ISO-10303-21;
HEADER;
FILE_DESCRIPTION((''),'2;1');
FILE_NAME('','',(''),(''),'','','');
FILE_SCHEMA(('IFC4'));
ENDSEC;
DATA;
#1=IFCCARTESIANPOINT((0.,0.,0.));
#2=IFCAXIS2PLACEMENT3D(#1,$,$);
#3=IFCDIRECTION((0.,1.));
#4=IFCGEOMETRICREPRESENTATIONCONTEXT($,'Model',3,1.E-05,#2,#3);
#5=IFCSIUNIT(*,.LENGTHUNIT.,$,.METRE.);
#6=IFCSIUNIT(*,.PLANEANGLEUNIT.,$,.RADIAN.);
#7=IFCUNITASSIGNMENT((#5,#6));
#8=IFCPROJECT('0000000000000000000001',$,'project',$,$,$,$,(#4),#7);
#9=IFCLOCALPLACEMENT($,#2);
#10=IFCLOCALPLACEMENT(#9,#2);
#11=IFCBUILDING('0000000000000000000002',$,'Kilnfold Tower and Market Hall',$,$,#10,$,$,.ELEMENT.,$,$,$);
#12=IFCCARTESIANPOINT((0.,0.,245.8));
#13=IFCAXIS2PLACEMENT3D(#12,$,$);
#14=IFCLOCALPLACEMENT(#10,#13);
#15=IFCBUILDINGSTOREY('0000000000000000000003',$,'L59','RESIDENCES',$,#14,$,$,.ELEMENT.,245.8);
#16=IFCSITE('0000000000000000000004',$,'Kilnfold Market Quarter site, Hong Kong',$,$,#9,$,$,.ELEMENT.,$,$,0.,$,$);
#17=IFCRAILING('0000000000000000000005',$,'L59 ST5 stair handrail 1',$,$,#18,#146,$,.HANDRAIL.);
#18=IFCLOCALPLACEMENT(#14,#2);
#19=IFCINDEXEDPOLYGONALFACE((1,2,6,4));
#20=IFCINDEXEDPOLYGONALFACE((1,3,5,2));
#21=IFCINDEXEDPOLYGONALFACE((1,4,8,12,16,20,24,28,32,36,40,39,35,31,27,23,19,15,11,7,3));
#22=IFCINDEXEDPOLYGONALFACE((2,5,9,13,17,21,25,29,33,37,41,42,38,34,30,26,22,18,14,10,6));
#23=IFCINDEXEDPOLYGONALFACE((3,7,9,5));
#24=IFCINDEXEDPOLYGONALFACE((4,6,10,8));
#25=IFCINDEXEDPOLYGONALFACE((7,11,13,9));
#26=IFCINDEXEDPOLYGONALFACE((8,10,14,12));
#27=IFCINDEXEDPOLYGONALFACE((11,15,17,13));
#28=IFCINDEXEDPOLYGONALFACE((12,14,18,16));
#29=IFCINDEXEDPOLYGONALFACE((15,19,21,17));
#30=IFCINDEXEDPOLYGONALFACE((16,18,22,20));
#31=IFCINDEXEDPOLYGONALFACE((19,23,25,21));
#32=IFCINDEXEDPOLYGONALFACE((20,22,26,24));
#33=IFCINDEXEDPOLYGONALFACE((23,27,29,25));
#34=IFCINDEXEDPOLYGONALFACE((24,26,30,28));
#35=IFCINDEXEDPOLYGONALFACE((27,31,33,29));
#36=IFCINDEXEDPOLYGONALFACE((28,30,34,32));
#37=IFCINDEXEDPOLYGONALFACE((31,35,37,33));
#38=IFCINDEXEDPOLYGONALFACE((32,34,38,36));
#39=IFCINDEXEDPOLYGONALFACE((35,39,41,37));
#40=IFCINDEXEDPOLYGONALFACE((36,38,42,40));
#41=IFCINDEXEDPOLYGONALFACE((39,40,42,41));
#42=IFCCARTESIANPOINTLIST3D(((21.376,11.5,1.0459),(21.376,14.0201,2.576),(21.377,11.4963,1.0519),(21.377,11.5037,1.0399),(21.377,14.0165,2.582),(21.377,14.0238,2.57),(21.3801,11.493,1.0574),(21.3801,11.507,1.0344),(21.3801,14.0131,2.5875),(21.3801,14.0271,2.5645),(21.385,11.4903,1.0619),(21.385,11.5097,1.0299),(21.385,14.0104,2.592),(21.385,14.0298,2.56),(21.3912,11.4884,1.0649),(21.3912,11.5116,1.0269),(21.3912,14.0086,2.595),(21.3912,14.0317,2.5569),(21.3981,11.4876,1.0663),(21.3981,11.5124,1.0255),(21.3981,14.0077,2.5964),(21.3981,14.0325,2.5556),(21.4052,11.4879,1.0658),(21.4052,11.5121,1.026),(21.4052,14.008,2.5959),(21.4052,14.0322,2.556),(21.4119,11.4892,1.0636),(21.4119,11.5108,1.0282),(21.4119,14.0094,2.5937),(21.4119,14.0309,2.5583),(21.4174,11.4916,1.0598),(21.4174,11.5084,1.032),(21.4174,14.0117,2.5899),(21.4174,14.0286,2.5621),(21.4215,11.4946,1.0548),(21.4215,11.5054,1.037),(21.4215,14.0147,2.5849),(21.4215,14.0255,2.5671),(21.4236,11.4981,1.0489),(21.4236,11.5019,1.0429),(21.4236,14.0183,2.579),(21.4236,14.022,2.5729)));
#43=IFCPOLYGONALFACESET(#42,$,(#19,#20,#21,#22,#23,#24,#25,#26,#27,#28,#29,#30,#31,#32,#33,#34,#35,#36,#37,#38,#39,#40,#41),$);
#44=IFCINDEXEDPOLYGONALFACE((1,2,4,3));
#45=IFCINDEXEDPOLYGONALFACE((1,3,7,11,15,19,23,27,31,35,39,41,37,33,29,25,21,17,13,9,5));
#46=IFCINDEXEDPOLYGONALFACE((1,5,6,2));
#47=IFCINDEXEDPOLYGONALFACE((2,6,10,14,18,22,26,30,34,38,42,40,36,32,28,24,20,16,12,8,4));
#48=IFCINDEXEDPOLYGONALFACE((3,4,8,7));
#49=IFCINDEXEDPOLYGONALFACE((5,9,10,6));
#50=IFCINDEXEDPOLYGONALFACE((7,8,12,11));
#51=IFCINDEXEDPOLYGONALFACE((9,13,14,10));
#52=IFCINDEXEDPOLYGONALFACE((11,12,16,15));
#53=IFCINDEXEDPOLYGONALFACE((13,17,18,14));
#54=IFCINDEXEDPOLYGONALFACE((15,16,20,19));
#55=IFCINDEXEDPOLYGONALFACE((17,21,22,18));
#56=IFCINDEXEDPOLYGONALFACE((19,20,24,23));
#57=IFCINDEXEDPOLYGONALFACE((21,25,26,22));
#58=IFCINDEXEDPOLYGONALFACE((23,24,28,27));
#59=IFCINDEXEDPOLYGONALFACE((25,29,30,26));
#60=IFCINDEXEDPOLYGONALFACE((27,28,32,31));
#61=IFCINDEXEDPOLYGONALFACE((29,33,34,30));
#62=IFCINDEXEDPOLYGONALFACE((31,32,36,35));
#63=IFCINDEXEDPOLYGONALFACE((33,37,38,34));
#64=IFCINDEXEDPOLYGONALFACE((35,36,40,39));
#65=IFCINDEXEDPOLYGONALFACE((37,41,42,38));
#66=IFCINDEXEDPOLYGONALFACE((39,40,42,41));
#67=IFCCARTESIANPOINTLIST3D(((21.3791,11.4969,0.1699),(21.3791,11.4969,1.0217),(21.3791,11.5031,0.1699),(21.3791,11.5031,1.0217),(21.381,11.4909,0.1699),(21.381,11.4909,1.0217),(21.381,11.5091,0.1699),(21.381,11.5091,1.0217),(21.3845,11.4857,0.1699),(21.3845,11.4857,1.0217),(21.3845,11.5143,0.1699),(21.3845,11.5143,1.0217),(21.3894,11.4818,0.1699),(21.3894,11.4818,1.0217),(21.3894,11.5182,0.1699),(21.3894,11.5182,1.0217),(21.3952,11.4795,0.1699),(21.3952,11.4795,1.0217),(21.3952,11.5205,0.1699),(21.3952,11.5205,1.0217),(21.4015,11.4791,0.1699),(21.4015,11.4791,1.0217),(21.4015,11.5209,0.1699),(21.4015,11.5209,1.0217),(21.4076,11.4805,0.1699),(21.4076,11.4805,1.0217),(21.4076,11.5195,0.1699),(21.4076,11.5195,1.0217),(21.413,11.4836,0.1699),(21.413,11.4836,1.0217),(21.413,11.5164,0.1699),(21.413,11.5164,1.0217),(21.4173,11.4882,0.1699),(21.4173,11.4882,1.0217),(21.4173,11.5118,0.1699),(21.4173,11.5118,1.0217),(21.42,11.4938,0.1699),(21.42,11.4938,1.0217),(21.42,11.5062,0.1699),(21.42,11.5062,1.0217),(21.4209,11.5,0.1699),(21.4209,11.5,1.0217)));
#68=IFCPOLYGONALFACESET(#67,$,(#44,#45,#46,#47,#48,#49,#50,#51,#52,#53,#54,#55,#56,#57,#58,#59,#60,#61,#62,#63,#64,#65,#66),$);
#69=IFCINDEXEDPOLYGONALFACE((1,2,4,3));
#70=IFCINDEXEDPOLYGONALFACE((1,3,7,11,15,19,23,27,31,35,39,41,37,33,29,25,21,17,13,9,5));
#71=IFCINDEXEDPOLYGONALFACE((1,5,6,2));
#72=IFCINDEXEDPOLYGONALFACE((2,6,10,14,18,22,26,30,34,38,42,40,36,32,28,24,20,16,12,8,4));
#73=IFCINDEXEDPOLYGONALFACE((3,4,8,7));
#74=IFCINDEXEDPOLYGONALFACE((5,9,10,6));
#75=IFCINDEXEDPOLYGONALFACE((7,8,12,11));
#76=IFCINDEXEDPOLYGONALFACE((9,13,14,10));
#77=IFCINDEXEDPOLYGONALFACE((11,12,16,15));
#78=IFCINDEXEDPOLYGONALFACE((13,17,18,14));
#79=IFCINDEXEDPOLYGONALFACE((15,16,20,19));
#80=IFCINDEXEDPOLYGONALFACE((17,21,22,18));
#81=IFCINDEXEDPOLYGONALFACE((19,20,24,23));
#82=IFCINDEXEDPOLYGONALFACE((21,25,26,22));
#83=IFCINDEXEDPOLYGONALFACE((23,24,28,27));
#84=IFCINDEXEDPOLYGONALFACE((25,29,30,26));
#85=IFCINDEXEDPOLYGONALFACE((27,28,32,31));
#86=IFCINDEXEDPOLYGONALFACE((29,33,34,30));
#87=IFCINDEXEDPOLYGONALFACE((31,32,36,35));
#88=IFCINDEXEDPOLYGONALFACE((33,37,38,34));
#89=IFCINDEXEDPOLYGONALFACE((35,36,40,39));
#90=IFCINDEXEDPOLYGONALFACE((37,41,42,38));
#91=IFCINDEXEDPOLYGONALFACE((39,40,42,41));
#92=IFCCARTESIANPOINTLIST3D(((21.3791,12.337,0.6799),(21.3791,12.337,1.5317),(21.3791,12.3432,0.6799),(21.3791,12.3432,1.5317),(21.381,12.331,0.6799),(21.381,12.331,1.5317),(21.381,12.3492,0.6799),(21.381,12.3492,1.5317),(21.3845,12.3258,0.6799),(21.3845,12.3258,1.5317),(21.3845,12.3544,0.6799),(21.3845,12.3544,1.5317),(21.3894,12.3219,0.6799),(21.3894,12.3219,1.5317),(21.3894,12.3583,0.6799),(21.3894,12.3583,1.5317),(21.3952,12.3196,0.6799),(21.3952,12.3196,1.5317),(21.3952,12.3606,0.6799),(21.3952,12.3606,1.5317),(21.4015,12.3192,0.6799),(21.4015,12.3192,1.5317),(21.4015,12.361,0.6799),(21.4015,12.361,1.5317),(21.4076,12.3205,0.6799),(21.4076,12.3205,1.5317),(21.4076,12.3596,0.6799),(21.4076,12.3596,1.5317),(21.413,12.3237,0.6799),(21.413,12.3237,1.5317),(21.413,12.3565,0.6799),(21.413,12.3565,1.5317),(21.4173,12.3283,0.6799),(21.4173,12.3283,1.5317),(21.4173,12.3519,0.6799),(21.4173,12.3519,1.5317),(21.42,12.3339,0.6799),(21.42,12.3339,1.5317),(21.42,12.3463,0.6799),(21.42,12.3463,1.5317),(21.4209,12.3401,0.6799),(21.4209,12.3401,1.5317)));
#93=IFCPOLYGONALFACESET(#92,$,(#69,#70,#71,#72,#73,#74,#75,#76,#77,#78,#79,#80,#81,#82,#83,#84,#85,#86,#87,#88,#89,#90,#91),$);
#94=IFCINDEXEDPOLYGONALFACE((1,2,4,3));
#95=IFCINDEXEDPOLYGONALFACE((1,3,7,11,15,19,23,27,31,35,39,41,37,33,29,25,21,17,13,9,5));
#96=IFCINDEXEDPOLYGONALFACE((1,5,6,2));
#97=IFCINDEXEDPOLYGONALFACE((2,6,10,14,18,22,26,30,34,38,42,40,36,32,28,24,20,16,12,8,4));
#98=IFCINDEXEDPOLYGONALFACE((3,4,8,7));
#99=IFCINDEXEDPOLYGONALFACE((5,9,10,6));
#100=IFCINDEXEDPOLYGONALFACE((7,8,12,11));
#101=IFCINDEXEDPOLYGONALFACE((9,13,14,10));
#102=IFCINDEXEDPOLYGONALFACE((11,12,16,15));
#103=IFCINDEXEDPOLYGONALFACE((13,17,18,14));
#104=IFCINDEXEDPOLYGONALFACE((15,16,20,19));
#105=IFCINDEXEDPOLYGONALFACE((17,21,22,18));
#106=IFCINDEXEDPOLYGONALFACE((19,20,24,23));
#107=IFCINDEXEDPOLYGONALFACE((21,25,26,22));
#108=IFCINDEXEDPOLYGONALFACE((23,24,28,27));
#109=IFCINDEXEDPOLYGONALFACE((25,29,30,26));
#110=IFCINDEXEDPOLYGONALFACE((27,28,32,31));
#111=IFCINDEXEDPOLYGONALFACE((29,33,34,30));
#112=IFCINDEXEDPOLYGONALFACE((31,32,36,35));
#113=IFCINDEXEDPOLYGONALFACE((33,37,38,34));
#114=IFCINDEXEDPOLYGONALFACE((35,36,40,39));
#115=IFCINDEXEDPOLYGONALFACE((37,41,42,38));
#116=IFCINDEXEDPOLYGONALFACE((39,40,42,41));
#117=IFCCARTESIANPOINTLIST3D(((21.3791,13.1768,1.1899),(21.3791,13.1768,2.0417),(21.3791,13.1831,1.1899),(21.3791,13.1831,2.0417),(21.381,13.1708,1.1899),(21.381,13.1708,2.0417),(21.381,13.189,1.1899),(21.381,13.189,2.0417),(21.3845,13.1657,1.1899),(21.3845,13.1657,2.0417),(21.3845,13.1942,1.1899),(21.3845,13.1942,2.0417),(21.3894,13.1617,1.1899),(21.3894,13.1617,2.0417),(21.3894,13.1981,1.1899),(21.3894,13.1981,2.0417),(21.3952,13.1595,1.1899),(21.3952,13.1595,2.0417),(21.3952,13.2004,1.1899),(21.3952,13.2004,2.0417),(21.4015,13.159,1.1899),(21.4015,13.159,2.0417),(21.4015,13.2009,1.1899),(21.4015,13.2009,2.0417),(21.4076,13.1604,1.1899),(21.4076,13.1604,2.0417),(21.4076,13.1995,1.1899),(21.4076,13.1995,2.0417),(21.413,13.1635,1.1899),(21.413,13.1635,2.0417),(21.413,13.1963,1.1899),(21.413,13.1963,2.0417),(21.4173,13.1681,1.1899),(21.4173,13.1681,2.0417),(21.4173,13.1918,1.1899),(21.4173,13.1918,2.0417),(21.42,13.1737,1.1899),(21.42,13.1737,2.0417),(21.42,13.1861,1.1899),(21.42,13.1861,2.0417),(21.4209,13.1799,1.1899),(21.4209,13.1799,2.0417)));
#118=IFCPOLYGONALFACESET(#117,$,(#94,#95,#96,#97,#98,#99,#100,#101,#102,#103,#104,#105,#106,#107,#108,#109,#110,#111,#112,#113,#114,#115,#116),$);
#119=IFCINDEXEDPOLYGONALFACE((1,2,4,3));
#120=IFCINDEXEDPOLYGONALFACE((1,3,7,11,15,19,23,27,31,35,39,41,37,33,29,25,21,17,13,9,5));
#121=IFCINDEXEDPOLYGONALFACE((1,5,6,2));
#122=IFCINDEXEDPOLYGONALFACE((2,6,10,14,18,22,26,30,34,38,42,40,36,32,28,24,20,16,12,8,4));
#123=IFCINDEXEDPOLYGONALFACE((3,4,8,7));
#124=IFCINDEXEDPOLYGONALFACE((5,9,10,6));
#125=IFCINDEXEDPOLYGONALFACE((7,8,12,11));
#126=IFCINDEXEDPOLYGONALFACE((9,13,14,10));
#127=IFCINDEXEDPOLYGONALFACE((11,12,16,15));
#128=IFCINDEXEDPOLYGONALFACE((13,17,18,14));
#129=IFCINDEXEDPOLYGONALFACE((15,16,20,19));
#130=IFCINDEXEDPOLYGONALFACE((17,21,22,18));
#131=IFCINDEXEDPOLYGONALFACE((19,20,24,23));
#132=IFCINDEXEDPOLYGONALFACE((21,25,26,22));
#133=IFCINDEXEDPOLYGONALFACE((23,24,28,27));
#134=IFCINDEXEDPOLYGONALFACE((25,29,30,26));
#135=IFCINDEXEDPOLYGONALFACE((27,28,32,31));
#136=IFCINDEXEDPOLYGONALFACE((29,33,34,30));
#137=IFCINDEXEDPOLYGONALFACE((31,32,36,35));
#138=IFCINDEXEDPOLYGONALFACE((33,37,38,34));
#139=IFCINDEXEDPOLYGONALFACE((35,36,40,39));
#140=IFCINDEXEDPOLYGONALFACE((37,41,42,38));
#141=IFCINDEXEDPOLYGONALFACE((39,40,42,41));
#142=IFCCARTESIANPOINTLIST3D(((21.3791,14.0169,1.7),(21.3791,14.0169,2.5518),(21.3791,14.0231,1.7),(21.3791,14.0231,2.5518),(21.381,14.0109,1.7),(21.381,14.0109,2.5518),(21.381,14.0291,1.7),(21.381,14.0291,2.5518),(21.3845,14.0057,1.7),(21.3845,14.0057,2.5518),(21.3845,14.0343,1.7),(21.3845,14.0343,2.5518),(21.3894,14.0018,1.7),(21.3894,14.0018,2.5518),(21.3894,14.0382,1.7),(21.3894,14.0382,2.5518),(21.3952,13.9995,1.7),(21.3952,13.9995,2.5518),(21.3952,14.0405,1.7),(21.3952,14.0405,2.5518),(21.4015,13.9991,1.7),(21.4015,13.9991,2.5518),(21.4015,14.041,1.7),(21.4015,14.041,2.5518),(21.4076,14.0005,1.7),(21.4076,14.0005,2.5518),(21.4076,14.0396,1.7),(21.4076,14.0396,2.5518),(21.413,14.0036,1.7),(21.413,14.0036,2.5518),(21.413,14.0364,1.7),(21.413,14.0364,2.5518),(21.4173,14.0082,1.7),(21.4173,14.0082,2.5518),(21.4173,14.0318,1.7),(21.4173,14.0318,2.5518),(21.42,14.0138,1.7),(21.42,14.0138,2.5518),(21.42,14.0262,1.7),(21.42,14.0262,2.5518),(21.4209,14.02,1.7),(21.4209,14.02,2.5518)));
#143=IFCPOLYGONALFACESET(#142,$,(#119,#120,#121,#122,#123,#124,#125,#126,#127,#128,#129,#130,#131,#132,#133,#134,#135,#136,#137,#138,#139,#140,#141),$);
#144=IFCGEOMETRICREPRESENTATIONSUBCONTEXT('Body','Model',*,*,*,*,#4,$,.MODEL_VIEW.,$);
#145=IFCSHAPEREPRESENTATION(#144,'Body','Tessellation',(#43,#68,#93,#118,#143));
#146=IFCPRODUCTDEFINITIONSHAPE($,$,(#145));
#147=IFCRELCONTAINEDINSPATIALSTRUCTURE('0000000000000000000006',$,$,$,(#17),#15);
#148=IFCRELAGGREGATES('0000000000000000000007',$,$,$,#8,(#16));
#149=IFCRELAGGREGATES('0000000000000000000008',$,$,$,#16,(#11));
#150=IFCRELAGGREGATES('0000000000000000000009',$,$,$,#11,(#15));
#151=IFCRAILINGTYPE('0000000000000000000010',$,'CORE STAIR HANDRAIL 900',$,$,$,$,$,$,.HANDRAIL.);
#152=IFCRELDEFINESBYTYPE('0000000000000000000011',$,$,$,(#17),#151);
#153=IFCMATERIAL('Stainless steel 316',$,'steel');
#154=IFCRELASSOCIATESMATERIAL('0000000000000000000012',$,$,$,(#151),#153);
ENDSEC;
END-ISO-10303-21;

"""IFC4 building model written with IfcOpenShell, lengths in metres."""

from ifc_helpers import new_model, si_unit, direction, frame, origin, origin_2d, place, context, subcontext, project, spatial, circle, extrude, material, type_object, element, save


model = new_model("IFC4")

# Units and contexts
model_context = context("Model", 3, precision=1e-05, world=origin(), true_north=direction((0.0, 1.0)))
body_context = subcontext(model_context, "Body", "Model", "MODEL_VIEW")
ifc_project = project(units=[si_unit("LENGTHUNIT", "METRE"), si_unit("PLANEANGLEUNIT", "RADIAN")], contexts=[model_context])

# Site, building, storey
site_placement = place(None, origin())
site = spatial("IfcSite", under=ifc_project, at=site_placement, Name="Kilnfold Market Quarter site, Hong Kong", CompositionType="ELEMENT", RefElevation=0.0)
building_placement = place(site_placement, origin())
building = spatial("IfcBuilding", under=site, at=building_placement, Name="Kilnfold Tower and Market Hall", CompositionType="ELEMENT")
storey_placement = place(building_placement, frame((0.0, 0.0, 245.8)))
storey = spatial("IfcBuildingStorey", under=building, at=storey_placement, Name="L59", Description="RESIDENCES", CompositionType="ELEMENT", Elevation=245.8)

# Railing
ifc_material_1 = material(Name="Stainless steel 316", Category="steel")
railing_type_1 = type_object("IfcRailingType", Name="CORE STAIR HANDRAIL 900", PredefinedType="HANDRAIL", material=ifc_material_1)
railing_1_placement = place(storey_placement, frame((21.3999, 11.5, 0.1699)))
element("IfcRailing", 1, at=railing_1_placement, inside=storey, type_object=railing_type_1, Name="L59 ST5 stair handrail 1", PredefinedType="HANDRAIL", context=body_context, shape_type="SweptSolid", body=[
    extrude(circle(Radius=0.0239, at=origin_2d()), frame((0.0, 0.0, 0.876), z_axis=(0.0, 0.854785, 0.518982), x_axis=(-1.0, 0.0, 0.0)), (0.0, 0.0, 1.0), 2.9482),
    extrude(circle(Radius=0.021, at=origin_2d()), origin(), (0.0, 0.0, 1.0), 0.8518),
    extrude(circle(Radius=0.021, at=origin_2d()), frame((0.0, 0.8401, 0.51)), (0.0, 0.0, 1.0), 0.8518),
    extrude(circle(Radius=0.021, at=origin_2d()), frame((0.0, 1.6799, 1.02)), (0.0, 0.0, 1.0), 0.8518),
    extrude(circle(Radius=0.021, at=origin_2d()), frame((0.0, 2.52, 1.53)), (0.0, 0.0, 1.0), 0.8518),
])

save(model, "model.ifc")
